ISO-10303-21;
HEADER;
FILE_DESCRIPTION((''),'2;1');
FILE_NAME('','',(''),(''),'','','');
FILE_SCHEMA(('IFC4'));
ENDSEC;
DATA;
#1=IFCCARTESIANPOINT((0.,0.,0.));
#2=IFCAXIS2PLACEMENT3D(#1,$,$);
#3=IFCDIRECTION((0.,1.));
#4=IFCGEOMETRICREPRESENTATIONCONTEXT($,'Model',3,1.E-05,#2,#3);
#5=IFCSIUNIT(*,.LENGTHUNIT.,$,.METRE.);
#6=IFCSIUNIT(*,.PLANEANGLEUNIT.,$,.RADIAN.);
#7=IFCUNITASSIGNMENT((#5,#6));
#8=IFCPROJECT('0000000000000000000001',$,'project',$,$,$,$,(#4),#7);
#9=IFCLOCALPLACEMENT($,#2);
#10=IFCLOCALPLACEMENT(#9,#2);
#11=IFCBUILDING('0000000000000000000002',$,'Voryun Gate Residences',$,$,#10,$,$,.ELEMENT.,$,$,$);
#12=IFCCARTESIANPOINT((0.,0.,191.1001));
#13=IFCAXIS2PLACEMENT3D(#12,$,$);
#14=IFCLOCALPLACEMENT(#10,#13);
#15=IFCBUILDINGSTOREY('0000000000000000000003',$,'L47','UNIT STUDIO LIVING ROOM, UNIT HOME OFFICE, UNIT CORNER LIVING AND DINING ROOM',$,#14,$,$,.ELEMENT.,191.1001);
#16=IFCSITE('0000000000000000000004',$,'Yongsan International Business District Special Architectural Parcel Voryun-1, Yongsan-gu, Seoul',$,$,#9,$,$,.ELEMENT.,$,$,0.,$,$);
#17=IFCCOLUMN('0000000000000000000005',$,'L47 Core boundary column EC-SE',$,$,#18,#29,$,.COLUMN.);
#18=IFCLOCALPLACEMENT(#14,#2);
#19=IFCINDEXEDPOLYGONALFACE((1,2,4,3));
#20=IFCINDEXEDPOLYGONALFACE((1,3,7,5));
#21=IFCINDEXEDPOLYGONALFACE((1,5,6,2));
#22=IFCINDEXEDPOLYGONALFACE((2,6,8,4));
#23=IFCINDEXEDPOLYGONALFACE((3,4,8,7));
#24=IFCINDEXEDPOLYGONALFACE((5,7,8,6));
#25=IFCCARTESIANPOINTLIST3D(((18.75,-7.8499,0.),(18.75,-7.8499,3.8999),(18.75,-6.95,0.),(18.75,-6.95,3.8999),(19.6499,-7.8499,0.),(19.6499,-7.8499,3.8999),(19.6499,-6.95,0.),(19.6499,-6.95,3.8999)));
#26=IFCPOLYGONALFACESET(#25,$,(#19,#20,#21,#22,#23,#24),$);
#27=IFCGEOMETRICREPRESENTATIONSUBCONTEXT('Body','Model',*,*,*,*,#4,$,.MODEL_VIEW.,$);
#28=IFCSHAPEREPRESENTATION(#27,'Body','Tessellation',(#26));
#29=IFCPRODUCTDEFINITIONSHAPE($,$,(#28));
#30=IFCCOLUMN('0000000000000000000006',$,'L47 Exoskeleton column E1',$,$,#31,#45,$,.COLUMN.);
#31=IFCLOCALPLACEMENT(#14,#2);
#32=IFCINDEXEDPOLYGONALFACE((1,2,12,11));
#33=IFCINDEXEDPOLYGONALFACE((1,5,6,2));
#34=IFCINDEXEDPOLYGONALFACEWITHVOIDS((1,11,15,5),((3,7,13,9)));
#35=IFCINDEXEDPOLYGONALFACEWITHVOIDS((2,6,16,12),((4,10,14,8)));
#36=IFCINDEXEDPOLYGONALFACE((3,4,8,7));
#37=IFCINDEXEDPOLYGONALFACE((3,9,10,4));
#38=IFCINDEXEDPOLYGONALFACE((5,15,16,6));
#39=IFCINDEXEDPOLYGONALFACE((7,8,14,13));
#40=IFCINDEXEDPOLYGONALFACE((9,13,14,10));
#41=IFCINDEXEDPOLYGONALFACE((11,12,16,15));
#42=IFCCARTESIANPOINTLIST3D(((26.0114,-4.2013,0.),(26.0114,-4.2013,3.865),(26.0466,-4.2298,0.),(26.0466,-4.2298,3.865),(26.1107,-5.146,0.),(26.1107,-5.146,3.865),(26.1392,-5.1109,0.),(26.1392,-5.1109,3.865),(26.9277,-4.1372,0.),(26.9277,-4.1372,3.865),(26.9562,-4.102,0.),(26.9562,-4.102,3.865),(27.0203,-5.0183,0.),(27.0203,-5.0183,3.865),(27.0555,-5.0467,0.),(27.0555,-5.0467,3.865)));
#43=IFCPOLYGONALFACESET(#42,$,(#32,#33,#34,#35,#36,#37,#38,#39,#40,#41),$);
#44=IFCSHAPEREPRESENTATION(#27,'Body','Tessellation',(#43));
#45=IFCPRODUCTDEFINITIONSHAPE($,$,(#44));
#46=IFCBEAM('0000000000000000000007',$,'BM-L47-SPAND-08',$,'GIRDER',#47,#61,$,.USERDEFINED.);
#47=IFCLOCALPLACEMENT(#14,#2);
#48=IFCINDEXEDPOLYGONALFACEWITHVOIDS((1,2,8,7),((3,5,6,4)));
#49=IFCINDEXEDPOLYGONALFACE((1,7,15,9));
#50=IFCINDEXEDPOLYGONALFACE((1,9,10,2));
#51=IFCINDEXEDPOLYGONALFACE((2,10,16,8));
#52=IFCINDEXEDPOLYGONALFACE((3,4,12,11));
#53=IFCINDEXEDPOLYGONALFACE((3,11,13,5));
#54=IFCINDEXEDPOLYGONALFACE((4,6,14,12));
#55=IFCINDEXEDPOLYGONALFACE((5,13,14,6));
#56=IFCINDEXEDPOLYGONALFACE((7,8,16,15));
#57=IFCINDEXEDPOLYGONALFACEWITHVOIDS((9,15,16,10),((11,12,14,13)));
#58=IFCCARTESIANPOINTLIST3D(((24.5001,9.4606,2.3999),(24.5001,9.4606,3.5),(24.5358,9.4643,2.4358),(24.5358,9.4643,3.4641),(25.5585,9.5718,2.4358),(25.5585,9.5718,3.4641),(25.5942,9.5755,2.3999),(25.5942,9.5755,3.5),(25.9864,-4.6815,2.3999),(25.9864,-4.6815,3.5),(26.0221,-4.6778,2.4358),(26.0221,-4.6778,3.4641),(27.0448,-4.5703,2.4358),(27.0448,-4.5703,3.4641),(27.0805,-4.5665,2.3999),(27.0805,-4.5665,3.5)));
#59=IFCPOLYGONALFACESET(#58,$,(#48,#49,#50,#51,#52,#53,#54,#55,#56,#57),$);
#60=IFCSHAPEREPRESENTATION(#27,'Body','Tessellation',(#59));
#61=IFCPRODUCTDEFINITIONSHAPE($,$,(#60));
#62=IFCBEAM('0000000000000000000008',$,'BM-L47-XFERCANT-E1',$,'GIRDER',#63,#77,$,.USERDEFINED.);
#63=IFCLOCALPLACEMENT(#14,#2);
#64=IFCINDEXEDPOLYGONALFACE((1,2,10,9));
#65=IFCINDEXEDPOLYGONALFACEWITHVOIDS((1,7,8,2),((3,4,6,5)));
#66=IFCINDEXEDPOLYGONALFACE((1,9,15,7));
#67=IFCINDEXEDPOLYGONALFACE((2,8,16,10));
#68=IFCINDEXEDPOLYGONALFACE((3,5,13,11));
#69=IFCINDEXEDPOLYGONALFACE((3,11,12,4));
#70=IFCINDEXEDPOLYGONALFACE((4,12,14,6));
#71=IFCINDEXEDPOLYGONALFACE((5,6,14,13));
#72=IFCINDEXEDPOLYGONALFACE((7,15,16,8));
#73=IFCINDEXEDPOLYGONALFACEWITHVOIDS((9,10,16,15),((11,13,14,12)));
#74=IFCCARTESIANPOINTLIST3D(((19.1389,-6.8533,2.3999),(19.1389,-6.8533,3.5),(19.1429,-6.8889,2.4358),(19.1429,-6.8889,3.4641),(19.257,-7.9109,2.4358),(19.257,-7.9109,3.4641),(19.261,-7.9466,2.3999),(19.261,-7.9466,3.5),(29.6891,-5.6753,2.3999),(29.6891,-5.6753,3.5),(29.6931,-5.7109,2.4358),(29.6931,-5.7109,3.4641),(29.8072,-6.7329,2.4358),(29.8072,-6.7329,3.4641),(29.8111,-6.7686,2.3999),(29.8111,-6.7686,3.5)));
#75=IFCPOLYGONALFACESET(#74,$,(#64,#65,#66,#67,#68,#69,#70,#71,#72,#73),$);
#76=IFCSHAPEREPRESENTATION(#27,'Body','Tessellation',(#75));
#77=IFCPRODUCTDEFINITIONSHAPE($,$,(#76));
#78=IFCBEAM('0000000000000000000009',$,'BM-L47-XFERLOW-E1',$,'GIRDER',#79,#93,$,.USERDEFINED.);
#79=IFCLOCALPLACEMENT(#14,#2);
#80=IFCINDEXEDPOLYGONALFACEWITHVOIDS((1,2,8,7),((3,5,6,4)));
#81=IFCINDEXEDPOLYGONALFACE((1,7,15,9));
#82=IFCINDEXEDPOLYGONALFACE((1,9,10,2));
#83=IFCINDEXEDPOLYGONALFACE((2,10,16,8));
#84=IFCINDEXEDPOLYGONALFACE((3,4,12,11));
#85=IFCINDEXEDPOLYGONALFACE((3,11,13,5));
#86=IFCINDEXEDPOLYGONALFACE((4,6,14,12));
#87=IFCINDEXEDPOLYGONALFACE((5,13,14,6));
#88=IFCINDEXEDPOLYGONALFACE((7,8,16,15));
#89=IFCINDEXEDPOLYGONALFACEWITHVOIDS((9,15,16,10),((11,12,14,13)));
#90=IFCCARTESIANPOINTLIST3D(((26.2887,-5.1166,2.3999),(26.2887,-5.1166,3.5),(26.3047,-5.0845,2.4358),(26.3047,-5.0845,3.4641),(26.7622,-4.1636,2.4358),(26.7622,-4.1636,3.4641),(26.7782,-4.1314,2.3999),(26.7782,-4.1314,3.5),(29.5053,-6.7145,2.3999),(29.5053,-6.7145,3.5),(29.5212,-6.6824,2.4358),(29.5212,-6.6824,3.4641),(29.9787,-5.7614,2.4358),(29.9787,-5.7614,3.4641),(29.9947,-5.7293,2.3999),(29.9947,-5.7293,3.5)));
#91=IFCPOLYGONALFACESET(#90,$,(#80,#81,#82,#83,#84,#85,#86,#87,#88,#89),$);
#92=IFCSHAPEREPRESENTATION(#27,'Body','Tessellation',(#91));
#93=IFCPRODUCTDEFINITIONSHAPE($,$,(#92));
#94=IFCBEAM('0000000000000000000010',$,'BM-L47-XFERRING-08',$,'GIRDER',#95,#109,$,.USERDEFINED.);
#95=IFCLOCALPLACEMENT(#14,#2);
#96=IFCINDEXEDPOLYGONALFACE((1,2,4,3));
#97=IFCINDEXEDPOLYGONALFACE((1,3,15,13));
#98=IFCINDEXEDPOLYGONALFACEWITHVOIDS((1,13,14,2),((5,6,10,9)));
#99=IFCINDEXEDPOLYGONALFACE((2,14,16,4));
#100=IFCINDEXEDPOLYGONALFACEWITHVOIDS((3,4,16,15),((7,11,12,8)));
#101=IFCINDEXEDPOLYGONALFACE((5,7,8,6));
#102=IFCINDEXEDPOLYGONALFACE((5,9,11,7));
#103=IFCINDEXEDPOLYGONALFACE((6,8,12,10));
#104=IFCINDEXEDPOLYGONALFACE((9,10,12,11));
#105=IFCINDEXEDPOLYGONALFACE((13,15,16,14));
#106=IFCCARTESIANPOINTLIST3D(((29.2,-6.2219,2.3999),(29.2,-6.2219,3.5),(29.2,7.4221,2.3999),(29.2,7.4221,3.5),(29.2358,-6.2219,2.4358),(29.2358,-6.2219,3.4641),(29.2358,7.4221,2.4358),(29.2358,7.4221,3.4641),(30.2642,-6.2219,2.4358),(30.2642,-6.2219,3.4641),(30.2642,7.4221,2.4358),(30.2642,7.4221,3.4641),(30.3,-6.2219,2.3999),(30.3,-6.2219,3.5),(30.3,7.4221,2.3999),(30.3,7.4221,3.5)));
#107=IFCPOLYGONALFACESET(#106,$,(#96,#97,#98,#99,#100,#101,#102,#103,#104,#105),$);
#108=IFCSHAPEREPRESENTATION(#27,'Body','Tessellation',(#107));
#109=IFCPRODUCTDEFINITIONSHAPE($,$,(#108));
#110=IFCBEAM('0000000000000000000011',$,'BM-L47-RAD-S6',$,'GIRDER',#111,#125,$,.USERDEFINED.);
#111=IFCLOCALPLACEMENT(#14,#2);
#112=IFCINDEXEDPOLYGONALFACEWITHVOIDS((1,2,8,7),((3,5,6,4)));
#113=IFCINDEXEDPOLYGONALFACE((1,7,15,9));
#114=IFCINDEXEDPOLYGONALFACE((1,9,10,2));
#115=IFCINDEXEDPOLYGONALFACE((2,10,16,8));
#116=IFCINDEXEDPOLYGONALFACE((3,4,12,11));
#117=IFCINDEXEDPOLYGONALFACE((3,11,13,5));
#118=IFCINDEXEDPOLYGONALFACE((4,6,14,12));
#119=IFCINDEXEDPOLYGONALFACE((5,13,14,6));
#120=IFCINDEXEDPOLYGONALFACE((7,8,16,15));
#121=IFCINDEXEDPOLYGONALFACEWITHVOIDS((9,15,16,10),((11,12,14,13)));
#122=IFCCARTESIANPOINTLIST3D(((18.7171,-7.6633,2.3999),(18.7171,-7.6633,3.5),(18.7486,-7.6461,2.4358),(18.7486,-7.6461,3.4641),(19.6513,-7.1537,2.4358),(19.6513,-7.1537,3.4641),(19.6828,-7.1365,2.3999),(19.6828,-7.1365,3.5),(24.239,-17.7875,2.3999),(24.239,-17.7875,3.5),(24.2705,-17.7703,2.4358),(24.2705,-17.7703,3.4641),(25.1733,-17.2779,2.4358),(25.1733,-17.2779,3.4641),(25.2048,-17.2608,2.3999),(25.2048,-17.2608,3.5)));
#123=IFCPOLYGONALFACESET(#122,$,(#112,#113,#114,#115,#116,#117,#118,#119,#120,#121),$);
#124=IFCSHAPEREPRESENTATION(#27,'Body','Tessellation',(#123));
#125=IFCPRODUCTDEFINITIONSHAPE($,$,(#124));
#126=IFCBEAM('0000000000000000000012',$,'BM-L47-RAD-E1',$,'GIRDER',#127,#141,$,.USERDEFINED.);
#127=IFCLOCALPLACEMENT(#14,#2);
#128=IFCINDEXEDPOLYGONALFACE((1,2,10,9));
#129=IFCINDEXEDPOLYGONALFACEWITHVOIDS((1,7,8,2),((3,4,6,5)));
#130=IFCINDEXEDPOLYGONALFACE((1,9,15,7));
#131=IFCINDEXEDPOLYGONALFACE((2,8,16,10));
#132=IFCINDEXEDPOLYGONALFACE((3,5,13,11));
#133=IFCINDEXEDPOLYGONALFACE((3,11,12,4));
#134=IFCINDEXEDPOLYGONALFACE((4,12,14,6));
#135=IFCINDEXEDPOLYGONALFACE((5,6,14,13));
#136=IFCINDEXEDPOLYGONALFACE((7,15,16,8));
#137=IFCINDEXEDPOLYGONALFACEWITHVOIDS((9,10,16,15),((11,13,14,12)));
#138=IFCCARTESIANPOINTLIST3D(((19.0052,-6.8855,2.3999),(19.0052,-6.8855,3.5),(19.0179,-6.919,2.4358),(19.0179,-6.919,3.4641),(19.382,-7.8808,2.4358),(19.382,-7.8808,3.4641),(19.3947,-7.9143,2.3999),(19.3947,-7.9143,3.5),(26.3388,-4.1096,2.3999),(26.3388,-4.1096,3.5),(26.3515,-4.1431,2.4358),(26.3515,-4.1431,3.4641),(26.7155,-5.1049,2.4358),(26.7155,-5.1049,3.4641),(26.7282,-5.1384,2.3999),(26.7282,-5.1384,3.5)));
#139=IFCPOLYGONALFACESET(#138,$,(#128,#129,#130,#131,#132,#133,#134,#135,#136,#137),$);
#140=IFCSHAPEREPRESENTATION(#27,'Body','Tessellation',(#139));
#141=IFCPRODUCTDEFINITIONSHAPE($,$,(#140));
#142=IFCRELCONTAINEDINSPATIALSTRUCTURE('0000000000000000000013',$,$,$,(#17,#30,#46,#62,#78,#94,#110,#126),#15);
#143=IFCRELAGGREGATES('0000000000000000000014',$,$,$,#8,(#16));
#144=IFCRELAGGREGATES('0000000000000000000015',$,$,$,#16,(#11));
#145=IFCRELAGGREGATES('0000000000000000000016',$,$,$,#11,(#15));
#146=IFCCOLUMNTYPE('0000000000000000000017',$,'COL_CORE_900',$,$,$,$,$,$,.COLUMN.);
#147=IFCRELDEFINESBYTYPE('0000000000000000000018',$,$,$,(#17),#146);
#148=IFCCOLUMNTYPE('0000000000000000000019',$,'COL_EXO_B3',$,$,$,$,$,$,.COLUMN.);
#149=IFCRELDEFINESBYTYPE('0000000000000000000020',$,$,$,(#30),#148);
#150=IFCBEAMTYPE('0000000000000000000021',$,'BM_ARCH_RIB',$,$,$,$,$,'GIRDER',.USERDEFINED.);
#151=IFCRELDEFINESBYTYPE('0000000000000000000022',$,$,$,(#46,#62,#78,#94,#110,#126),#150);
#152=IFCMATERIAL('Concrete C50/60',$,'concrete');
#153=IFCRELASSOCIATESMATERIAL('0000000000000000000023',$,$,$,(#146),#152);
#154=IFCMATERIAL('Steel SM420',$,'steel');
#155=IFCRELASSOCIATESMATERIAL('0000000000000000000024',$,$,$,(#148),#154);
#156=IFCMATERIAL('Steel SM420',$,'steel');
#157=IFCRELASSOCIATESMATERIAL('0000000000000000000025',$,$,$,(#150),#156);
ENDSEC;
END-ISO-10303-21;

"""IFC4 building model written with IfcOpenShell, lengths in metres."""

from ifc_helpers import new_model, si_unit, direction, frame, origin, origin_2d, place, context, subcontext, project, spatial, rectangle, hollow_rectangle, extrude, material, material_profile, profile_set, type_object, element, save


model = new_model("IFC4")

# Units and contexts
model_context = context("Model", 3, precision=1e-05, world=origin(), true_north=direction((0.0, 1.0)))
body_context = subcontext(model_context, "Body", "Model", "MODEL_VIEW")
ifc_project = project(units=[si_unit("LENGTHUNIT", "METRE"), si_unit("PLANEANGLEUNIT", "RADIAN")], contexts=[model_context])

# Site, building, storey
site_placement = place(None, origin())
site = spatial("IfcSite", under=ifc_project, at=site_placement, Name="Yongsan International Business District Special Architectural Parcel Voryun-1, Yongsan-gu, Seoul", CompositionType="ELEMENT", RefElevation=0.0)
building_placement = place(site_placement, origin())
building = spatial("IfcBuilding", under=site, at=building_placement, Name="Voryun Gate Residences", CompositionType="ELEMENT")
storey_placement = place(building_placement, frame((0.0, 0.0, 191.1001)))
storey = spatial("IfcBuildingStorey", under=building, at=storey_placement, Name="L47", Description="UNIT STUDIO LIVING ROOM, UNIT HOME OFFICE, UNIT CORNER LIVING AND DINING ROOM", CompositionType="ELEMENT", Elevation=191.1001)

# Columns
ifc_material_1 = material(Name="Concrete C50/60", Category="concrete")
ifc_material_profile_1 = material_profile(ifc_material_1, rectangle(XDim=0.8999, YDim=0.8999, at=origin_2d()), Name="RC-900x900")
ifc_profile_set_1 = profile_set([ifc_material_profile_1], Name="Concrete C50/60")
column_type_1 = type_object("IfcColumnType", Name="COL_CORE_900", PredefinedType="COLUMN", material=ifc_profile_set_1)
column_1_placement = place(storey_placement, frame((19.2, -7.3999, 0.0), z_axis=(0.0, 0.0, 1.0), x_axis=(1.0, 0.0, 0.0)))
element("IfcColumn", 1, at=column_1_placement, inside=storey, type_object=column_type_1, Name="L47 Core boundary column EC-SE", PredefinedType="COLUMN", context=body_context, shape_type="SweptSolid", body=[
    extrude(rectangle(XDim=0.8999, YDim=0.8999, at=origin_2d()), origin(), (0.0, 0.0, 1.0), 3.8999),
])
ifc_material_2 = material(Name="Steel SM420", Category="steel")
ifc_material_profile_2 = material_profile(ifc_material_2, hollow_rectangle(XDim=0.95, YDim=0.95, WallThickness=0.032, at=origin_2d()), Name="BOX-950x950x32")
ifc_profile_set_2 = profile_set([ifc_material_profile_2], Name="Steel SM420")
column_type_2 = type_object("IfcColumnType", Name="COL_EXO_B3", PredefinedType="COLUMN", material=ifc_profile_set_2)
column_2_placement = place(storey_placement, frame((26.5334, -4.624, 0.0), z_axis=(0.0, 0.0, 1.0), x_axis=(0.994522, 0.104528, 0.0)))
element("IfcColumn", 2, at=column_2_placement, inside=storey, type_object=column_type_2, Name="L47 Exoskeleton column E1", PredefinedType="COLUMN", context=body_context, shape_type="SweptSolid", body=[
    extrude(hollow_rectangle(XDim=0.95, YDim=0.95, WallThickness=0.032, at=origin_2d()), origin(), (0.0, 0.0, 1.0), 3.865),
])

# Beams
ifc_material_3 = material(Name="Steel SM420", Category="steel")
ifc_material_profile_3 = material_profile(ifc_material_3, hollow_rectangle(XDim=1.1001, YDim=1.1001, WallThickness=0.0359, at=origin_2d()), Name="BOX-1100x1100x36")
ifc_profile_set_3 = profile_set([ifc_material_profile_3], Name="Steel SM420")
beam_type = type_object("IfcBeamType", Name="BM_ARCH_RIB", ElementType="GIRDER", PredefinedType="USERDEFINED", material=ifc_profile_set_3)
beam_1_placement = place(storey_placement, frame((26.5334, -4.624, 2.95), z_axis=(-0.104524, 0.994522, 0.0), x_axis=(-0.994522, -0.104524, 0.0)))
element("IfcBeam", 3, at=beam_1_placement, inside=storey, type_object=beam_type, Name="BM-L47-SPAND-08", ObjectType="GIRDER", PredefinedType="USERDEFINED", context=body_context, shape_type="SweptSolid", body=[
    extrude(hollow_rectangle(XDim=1.1001, YDim=1.1001, WallThickness=0.0359, at=origin_2d()), origin(), (0.0, 0.0, 1.0), 14.22),
])
beam_2_placement = place(storey_placement, frame((19.2, -7.3999, 2.95), z_axis=(0.993824, 0.110967, 0.0), x_axis=(-0.110967, 0.993824, 0.0)))
element("IfcBeam", 4, at=beam_2_placement, inside=storey, type_object=beam_type, Name="BM-L47-XFERCANT-E1", ObjectType="GIRDER", PredefinedType="USERDEFINED", context=body_context, shape_type="SweptSolid", body=[
    extrude(hollow_rectangle(XDim=1.1001, YDim=1.1001, WallThickness=0.0359, at=origin_2d()), origin(), (0.0, 0.0, 1.0), 10.6157),
])
beam_3_placement = place(storey_placement, frame((26.5334, -4.624, 2.95), z_axis=(0.89558, -0.444901, 0.0), x_axis=(0.444901, 0.89558, 0.0)))
element("IfcBeam", 5, at=beam_3_placement, inside=storey, type_object=beam_type, Name="BM-L47-XFERLOW-E1", ObjectType="GIRDER", PredefinedType="USERDEFINED", context=body_context, shape_type="SweptSolid", body=[
    extrude(hollow_rectangle(XDim=1.1001, YDim=1.1001, WallThickness=0.0359, at=origin_2d()), origin(), (0.0, 0.0, 1.0), 3.5916),
])
beam_4_placement = place(storey_placement, frame((29.75, -6.2219, 2.95), z_axis=(0.0, 1.0, 0.0), x_axis=(-1.0, 0.0, 0.0)))
element("IfcBeam", 6, at=beam_4_placement, inside=storey, type_object=beam_type, Name="BM-L47-XFERRING-08", ObjectType="GIRDER", PredefinedType="USERDEFINED", context=body_context, shape_type="SweptSolid", body=[
    extrude(hollow_rectangle(XDim=1.1001, YDim=1.1001, WallThickness=0.0359, at=origin_2d()), origin(), (0.0, 0.0, 1.0), 13.644),
])
beam_5_placement = place(storey_placement, frame((19.2, -7.3999, 2.95), z_axis=(0.478828, -0.877909, 0.0), x_axis=(0.877909, 0.478828, 0.0)))
element("IfcBeam", 7, at=beam_5_placement, inside=storey, type_object=beam_type, Name="BM-L47-RAD-S6", ObjectType="GIRDER", PredefinedType="USERDEFINED", context=body_context, shape_type="SweptSolid", body=[
    extrude(hollow_rectangle(XDim=1.1001, YDim=1.1001, WallThickness=0.0359, at=origin_2d()), origin(), (0.0, 0.0, 1.0), 11.5322),
])
beam_6_placement = place(storey_placement, frame((19.2, -7.3999, 2.95), z_axis=(0.935242, 0.354008, 0.0), x_axis=(-0.354008, 0.935242, 0.0)))
element("IfcBeam", 8, at=beam_6_placement, inside=storey, type_object=beam_type, Name="BM-L47-RAD-E1", ObjectType="GIRDER", PredefinedType="USERDEFINED", context=body_context, shape_type="SweptSolid", body=[
    extrude(hollow_rectangle(XDim=1.1001, YDim=1.1001, WallThickness=0.0359, at=origin_2d()), origin(), (0.0, 0.0, 1.0), 7.8413),
])

save(model, "model.ifc")
